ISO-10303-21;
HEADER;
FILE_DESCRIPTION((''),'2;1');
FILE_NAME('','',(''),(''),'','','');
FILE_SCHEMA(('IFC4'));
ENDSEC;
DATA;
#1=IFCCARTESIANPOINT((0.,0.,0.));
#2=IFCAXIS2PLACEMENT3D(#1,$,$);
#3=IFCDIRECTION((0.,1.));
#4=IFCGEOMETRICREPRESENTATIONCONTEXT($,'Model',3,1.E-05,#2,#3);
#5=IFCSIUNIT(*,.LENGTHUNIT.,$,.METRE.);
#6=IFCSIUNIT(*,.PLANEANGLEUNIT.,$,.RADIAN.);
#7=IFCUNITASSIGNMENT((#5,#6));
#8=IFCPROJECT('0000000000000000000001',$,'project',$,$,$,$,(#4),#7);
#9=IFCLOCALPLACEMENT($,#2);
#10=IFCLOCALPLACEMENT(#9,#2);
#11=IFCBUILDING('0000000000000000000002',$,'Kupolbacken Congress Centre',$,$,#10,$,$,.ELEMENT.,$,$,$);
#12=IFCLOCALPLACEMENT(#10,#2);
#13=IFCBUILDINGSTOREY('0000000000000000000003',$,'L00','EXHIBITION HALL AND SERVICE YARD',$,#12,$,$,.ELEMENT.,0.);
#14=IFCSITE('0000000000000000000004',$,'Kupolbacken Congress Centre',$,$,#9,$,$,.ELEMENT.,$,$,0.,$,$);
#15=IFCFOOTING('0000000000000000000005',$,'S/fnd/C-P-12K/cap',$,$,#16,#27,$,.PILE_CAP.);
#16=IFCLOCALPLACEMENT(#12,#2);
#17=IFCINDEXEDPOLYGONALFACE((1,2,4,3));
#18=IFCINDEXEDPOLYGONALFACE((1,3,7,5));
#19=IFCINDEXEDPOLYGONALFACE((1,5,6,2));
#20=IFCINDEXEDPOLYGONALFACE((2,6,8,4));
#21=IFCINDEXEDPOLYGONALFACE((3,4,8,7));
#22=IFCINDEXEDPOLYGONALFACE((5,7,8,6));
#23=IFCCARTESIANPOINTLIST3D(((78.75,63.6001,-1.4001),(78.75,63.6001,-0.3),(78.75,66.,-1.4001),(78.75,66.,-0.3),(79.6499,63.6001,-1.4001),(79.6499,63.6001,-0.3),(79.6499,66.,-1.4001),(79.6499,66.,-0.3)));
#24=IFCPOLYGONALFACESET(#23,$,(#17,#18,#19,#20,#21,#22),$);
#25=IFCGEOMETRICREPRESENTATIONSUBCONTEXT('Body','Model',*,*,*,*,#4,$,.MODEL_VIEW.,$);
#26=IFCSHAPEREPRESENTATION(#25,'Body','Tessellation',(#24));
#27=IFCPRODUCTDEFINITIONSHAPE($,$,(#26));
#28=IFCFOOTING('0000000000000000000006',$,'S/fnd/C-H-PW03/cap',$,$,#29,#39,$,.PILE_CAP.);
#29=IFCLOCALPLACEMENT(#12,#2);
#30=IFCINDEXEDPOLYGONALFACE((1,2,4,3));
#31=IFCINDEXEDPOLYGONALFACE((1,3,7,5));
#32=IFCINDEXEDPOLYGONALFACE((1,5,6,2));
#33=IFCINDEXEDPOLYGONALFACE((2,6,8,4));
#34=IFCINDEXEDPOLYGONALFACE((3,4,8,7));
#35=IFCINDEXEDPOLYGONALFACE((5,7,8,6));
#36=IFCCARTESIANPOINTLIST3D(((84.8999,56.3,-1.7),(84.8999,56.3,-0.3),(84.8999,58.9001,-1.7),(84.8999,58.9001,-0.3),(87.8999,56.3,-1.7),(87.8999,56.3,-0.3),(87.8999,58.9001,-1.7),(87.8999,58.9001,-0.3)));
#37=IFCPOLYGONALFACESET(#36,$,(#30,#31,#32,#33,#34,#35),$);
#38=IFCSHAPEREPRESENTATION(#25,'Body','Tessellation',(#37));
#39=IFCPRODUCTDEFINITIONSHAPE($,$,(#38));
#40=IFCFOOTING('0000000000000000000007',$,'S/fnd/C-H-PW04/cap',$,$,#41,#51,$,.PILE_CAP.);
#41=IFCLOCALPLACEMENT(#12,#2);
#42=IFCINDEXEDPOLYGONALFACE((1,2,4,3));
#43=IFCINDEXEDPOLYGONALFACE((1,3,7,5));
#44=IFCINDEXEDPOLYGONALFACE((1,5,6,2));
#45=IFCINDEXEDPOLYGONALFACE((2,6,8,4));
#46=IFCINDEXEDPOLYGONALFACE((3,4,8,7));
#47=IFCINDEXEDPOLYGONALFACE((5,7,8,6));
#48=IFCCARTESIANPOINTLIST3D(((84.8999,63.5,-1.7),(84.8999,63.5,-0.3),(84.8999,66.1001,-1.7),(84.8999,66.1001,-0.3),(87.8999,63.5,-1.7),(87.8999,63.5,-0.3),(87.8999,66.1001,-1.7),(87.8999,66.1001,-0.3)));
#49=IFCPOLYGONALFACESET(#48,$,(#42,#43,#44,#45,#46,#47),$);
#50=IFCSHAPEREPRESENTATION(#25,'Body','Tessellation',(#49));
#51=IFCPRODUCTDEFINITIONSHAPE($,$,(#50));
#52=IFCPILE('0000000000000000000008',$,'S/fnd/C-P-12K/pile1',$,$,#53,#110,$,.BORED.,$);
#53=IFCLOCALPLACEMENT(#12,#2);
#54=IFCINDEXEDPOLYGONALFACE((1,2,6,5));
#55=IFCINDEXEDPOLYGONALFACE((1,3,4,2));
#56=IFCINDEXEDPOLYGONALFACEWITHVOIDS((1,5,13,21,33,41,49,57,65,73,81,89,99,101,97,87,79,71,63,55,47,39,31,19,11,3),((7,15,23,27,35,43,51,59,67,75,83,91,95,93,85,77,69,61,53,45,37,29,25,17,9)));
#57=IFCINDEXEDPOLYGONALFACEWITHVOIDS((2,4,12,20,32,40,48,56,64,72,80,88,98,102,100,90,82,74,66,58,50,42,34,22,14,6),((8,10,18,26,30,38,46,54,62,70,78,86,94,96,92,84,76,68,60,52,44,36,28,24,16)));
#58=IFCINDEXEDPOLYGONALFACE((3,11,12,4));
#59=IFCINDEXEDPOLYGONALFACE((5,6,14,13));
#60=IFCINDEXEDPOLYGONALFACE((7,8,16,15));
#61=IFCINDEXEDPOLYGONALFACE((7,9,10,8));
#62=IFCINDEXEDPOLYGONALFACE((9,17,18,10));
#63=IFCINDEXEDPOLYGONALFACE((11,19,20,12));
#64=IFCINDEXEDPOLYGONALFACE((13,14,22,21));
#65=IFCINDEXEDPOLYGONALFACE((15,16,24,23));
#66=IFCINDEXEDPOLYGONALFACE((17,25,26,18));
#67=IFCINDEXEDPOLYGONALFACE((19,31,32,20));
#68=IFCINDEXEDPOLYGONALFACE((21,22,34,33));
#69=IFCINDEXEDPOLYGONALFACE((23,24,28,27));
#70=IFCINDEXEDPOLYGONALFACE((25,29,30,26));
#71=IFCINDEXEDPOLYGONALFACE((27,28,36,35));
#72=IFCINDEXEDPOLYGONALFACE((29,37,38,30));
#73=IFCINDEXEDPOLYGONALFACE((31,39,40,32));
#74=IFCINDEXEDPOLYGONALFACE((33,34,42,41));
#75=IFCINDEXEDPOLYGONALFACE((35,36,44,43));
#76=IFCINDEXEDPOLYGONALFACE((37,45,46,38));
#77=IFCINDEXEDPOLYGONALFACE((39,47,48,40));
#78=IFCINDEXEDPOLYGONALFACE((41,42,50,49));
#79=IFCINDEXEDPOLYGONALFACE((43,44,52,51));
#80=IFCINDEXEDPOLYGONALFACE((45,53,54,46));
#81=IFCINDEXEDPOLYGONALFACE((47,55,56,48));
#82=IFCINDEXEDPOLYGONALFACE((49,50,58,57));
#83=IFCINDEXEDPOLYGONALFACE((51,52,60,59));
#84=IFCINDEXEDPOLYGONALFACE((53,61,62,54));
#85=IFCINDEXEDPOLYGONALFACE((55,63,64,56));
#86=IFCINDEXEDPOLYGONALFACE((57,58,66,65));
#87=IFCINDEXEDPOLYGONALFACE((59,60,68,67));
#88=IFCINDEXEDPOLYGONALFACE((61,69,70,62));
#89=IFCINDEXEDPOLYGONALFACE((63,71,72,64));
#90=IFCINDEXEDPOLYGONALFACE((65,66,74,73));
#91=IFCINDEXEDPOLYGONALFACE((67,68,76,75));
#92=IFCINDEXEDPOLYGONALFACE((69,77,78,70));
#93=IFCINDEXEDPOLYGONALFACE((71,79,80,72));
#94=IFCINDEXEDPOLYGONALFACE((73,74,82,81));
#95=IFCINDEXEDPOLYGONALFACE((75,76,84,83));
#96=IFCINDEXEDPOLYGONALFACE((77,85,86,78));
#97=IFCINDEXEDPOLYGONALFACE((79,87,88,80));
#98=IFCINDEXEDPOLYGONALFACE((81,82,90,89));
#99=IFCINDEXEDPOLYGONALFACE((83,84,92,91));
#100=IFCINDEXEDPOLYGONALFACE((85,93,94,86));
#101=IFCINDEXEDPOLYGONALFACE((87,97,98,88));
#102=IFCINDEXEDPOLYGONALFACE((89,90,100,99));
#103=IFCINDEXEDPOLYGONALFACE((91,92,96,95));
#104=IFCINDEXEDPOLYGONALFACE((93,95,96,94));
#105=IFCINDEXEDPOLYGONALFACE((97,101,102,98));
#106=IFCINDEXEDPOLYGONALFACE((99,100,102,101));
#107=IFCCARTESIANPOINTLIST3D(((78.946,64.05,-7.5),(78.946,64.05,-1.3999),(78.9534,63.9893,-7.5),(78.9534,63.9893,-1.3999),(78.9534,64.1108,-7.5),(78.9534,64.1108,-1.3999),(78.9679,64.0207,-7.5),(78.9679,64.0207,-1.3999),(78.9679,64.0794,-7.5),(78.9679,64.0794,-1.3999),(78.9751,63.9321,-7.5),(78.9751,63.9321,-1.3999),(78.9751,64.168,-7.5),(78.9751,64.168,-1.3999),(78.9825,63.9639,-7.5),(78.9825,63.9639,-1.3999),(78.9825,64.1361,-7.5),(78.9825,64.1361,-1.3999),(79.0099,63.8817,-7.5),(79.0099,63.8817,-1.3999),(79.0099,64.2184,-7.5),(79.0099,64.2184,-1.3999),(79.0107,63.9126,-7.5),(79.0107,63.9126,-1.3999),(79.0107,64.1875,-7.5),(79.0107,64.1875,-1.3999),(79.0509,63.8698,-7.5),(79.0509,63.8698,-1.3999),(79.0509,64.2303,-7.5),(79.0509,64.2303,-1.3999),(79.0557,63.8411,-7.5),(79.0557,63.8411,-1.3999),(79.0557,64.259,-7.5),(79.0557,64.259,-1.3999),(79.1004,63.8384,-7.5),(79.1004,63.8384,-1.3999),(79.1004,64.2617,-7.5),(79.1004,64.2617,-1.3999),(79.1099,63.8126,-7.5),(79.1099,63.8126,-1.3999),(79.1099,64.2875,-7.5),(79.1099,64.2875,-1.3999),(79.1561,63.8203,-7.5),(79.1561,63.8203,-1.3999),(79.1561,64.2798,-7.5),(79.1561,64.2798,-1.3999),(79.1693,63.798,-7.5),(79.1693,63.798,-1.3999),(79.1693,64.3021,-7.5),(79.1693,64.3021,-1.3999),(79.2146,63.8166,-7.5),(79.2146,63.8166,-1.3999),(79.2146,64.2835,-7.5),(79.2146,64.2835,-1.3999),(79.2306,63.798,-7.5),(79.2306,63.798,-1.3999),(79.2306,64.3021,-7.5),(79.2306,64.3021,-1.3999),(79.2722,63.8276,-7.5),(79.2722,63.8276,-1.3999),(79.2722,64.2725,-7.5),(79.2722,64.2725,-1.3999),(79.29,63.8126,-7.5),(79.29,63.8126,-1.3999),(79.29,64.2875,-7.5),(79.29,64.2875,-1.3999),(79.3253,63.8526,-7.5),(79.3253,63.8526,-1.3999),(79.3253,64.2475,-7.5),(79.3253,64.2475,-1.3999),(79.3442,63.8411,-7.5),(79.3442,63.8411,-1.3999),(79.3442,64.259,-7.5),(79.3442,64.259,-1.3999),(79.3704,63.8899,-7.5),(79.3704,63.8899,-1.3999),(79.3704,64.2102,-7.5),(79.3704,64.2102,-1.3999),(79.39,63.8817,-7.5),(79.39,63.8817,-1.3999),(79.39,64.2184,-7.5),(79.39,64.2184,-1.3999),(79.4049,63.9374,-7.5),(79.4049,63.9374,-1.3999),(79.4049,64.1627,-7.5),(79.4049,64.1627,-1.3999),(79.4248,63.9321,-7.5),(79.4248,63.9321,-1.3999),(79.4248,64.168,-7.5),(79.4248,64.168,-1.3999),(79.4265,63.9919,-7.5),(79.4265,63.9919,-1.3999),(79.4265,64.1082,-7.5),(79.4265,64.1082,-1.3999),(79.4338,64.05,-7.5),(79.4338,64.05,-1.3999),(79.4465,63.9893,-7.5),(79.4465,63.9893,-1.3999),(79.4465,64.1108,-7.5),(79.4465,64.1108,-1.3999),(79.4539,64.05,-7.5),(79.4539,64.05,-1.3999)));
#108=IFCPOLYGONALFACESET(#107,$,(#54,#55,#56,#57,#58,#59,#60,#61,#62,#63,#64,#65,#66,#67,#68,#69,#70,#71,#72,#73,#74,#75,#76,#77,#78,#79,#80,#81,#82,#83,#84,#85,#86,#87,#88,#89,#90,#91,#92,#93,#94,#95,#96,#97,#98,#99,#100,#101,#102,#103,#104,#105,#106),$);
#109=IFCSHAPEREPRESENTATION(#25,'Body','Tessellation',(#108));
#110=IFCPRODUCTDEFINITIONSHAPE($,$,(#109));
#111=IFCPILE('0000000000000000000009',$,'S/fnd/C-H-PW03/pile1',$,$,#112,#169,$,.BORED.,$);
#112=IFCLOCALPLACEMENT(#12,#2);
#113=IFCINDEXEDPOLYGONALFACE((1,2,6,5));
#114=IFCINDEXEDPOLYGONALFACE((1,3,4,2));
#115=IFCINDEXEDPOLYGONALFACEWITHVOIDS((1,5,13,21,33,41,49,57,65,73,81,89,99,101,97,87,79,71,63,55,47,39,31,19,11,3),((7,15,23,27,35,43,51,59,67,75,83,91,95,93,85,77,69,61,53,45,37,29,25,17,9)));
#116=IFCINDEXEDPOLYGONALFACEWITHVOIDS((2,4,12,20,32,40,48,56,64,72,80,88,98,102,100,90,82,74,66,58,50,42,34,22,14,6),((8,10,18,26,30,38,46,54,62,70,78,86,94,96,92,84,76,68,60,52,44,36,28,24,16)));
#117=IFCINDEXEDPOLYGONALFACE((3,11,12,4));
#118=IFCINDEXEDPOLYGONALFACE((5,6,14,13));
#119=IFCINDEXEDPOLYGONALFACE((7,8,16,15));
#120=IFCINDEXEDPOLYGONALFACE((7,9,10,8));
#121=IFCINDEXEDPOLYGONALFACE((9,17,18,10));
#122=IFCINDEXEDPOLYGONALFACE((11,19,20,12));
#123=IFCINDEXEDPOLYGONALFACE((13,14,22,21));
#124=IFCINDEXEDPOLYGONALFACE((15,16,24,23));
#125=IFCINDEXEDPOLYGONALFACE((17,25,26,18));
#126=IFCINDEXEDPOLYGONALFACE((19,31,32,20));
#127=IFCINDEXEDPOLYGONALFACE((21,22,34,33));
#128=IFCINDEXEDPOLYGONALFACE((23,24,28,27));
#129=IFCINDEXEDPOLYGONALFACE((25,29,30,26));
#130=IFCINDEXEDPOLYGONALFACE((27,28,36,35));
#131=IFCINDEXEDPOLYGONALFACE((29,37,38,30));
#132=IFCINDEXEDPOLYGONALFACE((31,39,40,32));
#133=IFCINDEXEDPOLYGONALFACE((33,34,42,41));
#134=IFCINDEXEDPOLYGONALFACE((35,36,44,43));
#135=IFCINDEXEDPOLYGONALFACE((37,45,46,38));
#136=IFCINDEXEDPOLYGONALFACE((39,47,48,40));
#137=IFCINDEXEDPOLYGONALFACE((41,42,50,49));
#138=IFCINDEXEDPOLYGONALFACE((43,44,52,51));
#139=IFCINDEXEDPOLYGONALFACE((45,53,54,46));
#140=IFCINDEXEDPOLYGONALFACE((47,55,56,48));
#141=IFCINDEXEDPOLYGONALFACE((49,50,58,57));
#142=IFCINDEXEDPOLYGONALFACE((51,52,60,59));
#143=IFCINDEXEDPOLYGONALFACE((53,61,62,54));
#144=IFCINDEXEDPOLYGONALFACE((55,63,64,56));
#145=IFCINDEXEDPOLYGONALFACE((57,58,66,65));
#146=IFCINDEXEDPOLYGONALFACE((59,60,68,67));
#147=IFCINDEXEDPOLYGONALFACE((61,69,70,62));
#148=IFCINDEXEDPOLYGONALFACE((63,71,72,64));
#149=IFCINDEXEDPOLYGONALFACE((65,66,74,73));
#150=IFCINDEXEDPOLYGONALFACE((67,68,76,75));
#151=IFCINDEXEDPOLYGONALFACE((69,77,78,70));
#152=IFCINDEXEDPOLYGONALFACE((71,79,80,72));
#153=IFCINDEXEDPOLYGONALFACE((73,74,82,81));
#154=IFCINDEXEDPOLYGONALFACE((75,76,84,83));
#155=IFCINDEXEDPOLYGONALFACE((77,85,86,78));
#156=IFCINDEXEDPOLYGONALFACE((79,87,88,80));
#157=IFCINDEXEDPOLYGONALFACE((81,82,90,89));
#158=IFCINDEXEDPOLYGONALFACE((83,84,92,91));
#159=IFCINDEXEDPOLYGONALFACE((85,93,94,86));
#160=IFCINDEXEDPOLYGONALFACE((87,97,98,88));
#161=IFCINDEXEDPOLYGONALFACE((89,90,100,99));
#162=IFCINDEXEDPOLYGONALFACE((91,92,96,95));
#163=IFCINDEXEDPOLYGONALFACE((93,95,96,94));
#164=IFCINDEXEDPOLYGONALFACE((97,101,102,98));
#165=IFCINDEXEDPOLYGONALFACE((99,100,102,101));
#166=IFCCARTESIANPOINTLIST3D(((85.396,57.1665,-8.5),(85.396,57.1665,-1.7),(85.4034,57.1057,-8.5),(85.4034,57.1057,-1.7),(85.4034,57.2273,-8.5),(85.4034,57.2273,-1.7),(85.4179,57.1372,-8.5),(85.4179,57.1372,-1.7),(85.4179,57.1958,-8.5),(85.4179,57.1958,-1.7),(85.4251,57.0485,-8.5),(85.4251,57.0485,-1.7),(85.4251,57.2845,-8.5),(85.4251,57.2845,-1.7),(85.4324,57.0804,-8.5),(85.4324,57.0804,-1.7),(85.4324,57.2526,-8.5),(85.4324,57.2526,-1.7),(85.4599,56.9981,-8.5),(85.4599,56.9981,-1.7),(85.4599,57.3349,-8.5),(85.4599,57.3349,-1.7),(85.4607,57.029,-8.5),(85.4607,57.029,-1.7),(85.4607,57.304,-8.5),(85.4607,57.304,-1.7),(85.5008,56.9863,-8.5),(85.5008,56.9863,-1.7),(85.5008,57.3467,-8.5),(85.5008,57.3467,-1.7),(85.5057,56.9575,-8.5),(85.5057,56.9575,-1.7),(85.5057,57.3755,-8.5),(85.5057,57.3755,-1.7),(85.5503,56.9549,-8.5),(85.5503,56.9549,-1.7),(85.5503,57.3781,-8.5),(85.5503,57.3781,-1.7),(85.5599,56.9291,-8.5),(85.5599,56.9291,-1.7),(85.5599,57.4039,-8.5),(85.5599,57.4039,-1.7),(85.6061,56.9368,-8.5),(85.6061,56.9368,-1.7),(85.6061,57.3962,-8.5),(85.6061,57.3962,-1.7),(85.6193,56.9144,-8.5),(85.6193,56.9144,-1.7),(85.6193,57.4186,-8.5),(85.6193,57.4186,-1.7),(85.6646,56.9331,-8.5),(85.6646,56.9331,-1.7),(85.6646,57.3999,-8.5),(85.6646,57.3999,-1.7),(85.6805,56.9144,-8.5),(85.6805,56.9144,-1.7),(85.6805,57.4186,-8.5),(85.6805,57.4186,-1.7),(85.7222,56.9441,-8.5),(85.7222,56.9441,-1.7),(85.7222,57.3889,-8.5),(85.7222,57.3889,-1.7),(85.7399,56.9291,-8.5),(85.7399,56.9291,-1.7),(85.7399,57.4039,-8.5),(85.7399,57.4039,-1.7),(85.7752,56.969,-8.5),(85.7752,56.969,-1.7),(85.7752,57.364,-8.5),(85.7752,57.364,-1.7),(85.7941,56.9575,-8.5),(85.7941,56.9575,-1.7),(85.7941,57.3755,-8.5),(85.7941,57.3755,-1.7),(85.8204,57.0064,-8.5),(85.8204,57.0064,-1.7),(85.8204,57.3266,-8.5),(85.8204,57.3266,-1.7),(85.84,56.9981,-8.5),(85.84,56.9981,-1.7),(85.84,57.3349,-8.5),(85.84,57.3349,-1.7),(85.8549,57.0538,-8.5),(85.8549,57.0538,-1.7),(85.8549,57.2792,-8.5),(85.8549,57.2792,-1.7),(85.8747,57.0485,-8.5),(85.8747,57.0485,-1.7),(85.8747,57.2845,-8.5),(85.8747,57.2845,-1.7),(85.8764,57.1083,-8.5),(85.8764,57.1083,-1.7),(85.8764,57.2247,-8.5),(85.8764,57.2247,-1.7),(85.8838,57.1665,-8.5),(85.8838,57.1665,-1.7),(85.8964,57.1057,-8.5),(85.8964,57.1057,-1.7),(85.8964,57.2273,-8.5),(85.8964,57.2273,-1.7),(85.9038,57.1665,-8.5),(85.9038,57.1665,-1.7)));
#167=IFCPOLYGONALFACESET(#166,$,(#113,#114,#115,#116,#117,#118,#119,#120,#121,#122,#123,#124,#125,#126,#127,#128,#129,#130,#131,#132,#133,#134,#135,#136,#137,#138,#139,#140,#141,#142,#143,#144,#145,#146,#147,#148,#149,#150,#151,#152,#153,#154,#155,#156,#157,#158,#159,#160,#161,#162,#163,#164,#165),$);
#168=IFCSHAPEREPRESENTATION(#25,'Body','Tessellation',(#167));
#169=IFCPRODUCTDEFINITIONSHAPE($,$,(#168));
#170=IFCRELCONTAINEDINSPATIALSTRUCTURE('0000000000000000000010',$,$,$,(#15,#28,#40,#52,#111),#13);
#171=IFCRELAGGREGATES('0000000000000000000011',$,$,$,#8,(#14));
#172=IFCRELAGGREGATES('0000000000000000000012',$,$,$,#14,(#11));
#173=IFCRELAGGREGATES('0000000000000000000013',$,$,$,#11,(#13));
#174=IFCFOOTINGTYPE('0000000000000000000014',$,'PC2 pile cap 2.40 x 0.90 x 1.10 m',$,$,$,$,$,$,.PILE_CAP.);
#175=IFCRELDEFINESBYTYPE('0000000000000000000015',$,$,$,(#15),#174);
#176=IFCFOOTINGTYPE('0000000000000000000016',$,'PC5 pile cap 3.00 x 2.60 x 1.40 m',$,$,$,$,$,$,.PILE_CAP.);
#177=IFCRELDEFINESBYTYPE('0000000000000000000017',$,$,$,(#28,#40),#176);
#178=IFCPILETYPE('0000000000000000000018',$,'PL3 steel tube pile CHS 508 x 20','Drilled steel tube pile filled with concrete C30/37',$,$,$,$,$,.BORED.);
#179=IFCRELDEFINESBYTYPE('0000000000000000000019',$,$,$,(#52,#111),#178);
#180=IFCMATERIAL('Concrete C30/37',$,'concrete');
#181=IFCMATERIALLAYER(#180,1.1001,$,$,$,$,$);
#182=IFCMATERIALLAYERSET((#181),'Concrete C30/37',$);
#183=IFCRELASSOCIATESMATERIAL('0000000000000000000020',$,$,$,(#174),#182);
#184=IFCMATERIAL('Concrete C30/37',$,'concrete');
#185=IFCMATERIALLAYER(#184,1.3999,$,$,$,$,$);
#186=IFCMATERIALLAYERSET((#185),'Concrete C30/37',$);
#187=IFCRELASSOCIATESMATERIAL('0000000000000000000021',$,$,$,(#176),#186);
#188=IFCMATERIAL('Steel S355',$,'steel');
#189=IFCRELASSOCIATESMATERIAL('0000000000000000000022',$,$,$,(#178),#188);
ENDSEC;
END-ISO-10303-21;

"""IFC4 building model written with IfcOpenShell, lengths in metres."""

from ifc_helpers import new_model, si_unit, direction, frame, origin, origin_2d, place, context, subcontext, project, spatial, rectangle, hollow_circle, extrude, material, layer, layer_set, material_profile, profile_set, type_object, element, save


model = new_model("IFC4")

# Units and contexts
model_context = context("Model", 3, precision=1e-05, world=origin(), true_north=direction((0.0, 1.0)))
body_context = subcontext(model_context, "Body", "Model", "MODEL_VIEW")
ifc_project = project(units=[si_unit("LENGTHUNIT", "METRE"), si_unit("PLANEANGLEUNIT", "RADIAN")], contexts=[model_context])

# Site, building, storey
site_placement = place(None, origin())
site = spatial("IfcSite", under=ifc_project, at=site_placement, Name="Kupolbacken Congress Centre", CompositionType="ELEMENT", RefElevation=0.0)
building_placement = place(site_placement, origin())
building = spatial("IfcBuilding", under=site, at=building_placement, Name="Kupolbacken Congress Centre", CompositionType="ELEMENT")
storey_placement = place(building_placement, origin())
storey = spatial("IfcBuildingStorey", under=building, at=storey_placement, Name="L00", Description="EXHIBITION HALL AND SERVICE YARD", CompositionType="ELEMENT", Elevation=0.0)

# Footings
ifc_material_1 = material(Name="Concrete C30/37", Category="concrete")
ifc_layer_1 = layer(ifc_material_1, 1.1001)
ifc_layer_set_1 = layer_set([ifc_layer_1], Name="Concrete C30/37")
footing_type_1 = type_object("IfcFootingType", Name="PC2 pile cap 2.40 x 0.90 x 1.10 m", PredefinedType="PILE_CAP", material=ifc_layer_set_1)
footing_1_placement = place(storey_placement, frame((79.2, 64.8, -1.4001), z_axis=(0.0, 0.0, 1.0), x_axis=(1.0, 0.0, 0.0)))
element("IfcFooting", 1, at=footing_1_placement, inside=storey, type_object=footing_type_1, Name="S/fnd/C-P-12K/cap", PredefinedType="PILE_CAP", context=body_context, shape_type="SweptSolid", body=[
    extrude(rectangle(XDim=0.8999, YDim=2.3999, at=origin_2d()), origin(), (0.0, 0.0, 1.0), 1.1001),
])
ifc_material_2 = material(Name="Concrete C30/37", Category="concrete")
ifc_layer_2 = layer(ifc_material_2, 1.3999)
ifc_layer_set_2 = layer_set([ifc_layer_2], Name="Concrete C30/37")
footing_type_2 = type_object("IfcFootingType", Name="PC5 pile cap 3.00 x 2.60 x 1.40 m", PredefinedType="PILE_CAP", material=ifc_layer_set_2)
for number, where, z_axis, x_axis, name in (
    (2, (86.3999, 57.6001, -1.7), (0.0, 0.0, 1.0), (1.0, 0.0, 0.0), "S/fnd/C-H-PW03/cap"),
    (3, (86.3999, 64.8, -1.7), (0.0, 0.0, 1.0), (1.0, 0.0, 0.0), "S/fnd/C-H-PW04/cap"),
):
    element("IfcFooting", number, at=place(storey_placement, frame(where, z_axis=z_axis, x_axis=x_axis)), inside=storey, type_object=footing_type_2, Name=name, PredefinedType="PILE_CAP", context=body_context, shape_type="SweptSolid", body=[
        extrude(rectangle(XDim=3.0, YDim=2.6001, at=origin_2d()), origin(), (0.0, 0.0, 1.0), 1.3999),
    ])

# Piles
ifc_material_3 = material(Name="Steel S355", Category="steel")
ifc_material_profile_1 = material_profile(ifc_material_3, hollow_circle(Radius=0.2539, WallThickness=0.02, at=origin_2d()), Name="CHS 508 x 20")
ifc_profile_set_1 = profile_set([ifc_material_profile_1], Name="Steel S355")
pile_type = type_object("IfcPileType", Name="PL3 steel tube pile CHS 508 x 20", Description="Drilled steel tube pile filled with concrete C30/37", PredefinedType="BORED", material=ifc_profile_set_1)
pile_placement = place(storey_placement, frame((79.2, 64.05, -1.3999), z_axis=(0.0, 0.0, -1.0), x_axis=(1.0, 0.0, 0.0)))
element("IfcPile", 4, at=pile_placement, inside=storey, type_object=pile_type, Name="S/fnd/C-P-12K/pile1", PredefinedType="BORED", context=body_context, shape_type="SweptSolid", body=[
    extrude(hollow_circle(Radius=0.2539, WallThickness=0.02, at=origin_2d()), origin(), (0.0, 0.0, 1.0), 6.1001),
])
for number, where, z_axis, x_axis, name in (
    (5, (85.6499, 57.1665, -1.7), (0.0, 0.0, -1.0), (1.0, 0.0, 0.0), "S/fnd/C-H-PW03/pile1"),
):
    element("IfcPile", number, at=place(storey_placement, frame(where, z_axis=z_axis, x_axis=x_axis)), inside=storey, type_object=pile_type, Name=name, PredefinedType="BORED", context=body_context, shape_type="SweptSolid", body=[
        extrude(hollow_circle(Radius=0.2539, WallThickness=0.02, at=origin_2d()), origin(), (0.0, 0.0, 1.0), 6.8),
    ])

save(model, "model.ifc")
